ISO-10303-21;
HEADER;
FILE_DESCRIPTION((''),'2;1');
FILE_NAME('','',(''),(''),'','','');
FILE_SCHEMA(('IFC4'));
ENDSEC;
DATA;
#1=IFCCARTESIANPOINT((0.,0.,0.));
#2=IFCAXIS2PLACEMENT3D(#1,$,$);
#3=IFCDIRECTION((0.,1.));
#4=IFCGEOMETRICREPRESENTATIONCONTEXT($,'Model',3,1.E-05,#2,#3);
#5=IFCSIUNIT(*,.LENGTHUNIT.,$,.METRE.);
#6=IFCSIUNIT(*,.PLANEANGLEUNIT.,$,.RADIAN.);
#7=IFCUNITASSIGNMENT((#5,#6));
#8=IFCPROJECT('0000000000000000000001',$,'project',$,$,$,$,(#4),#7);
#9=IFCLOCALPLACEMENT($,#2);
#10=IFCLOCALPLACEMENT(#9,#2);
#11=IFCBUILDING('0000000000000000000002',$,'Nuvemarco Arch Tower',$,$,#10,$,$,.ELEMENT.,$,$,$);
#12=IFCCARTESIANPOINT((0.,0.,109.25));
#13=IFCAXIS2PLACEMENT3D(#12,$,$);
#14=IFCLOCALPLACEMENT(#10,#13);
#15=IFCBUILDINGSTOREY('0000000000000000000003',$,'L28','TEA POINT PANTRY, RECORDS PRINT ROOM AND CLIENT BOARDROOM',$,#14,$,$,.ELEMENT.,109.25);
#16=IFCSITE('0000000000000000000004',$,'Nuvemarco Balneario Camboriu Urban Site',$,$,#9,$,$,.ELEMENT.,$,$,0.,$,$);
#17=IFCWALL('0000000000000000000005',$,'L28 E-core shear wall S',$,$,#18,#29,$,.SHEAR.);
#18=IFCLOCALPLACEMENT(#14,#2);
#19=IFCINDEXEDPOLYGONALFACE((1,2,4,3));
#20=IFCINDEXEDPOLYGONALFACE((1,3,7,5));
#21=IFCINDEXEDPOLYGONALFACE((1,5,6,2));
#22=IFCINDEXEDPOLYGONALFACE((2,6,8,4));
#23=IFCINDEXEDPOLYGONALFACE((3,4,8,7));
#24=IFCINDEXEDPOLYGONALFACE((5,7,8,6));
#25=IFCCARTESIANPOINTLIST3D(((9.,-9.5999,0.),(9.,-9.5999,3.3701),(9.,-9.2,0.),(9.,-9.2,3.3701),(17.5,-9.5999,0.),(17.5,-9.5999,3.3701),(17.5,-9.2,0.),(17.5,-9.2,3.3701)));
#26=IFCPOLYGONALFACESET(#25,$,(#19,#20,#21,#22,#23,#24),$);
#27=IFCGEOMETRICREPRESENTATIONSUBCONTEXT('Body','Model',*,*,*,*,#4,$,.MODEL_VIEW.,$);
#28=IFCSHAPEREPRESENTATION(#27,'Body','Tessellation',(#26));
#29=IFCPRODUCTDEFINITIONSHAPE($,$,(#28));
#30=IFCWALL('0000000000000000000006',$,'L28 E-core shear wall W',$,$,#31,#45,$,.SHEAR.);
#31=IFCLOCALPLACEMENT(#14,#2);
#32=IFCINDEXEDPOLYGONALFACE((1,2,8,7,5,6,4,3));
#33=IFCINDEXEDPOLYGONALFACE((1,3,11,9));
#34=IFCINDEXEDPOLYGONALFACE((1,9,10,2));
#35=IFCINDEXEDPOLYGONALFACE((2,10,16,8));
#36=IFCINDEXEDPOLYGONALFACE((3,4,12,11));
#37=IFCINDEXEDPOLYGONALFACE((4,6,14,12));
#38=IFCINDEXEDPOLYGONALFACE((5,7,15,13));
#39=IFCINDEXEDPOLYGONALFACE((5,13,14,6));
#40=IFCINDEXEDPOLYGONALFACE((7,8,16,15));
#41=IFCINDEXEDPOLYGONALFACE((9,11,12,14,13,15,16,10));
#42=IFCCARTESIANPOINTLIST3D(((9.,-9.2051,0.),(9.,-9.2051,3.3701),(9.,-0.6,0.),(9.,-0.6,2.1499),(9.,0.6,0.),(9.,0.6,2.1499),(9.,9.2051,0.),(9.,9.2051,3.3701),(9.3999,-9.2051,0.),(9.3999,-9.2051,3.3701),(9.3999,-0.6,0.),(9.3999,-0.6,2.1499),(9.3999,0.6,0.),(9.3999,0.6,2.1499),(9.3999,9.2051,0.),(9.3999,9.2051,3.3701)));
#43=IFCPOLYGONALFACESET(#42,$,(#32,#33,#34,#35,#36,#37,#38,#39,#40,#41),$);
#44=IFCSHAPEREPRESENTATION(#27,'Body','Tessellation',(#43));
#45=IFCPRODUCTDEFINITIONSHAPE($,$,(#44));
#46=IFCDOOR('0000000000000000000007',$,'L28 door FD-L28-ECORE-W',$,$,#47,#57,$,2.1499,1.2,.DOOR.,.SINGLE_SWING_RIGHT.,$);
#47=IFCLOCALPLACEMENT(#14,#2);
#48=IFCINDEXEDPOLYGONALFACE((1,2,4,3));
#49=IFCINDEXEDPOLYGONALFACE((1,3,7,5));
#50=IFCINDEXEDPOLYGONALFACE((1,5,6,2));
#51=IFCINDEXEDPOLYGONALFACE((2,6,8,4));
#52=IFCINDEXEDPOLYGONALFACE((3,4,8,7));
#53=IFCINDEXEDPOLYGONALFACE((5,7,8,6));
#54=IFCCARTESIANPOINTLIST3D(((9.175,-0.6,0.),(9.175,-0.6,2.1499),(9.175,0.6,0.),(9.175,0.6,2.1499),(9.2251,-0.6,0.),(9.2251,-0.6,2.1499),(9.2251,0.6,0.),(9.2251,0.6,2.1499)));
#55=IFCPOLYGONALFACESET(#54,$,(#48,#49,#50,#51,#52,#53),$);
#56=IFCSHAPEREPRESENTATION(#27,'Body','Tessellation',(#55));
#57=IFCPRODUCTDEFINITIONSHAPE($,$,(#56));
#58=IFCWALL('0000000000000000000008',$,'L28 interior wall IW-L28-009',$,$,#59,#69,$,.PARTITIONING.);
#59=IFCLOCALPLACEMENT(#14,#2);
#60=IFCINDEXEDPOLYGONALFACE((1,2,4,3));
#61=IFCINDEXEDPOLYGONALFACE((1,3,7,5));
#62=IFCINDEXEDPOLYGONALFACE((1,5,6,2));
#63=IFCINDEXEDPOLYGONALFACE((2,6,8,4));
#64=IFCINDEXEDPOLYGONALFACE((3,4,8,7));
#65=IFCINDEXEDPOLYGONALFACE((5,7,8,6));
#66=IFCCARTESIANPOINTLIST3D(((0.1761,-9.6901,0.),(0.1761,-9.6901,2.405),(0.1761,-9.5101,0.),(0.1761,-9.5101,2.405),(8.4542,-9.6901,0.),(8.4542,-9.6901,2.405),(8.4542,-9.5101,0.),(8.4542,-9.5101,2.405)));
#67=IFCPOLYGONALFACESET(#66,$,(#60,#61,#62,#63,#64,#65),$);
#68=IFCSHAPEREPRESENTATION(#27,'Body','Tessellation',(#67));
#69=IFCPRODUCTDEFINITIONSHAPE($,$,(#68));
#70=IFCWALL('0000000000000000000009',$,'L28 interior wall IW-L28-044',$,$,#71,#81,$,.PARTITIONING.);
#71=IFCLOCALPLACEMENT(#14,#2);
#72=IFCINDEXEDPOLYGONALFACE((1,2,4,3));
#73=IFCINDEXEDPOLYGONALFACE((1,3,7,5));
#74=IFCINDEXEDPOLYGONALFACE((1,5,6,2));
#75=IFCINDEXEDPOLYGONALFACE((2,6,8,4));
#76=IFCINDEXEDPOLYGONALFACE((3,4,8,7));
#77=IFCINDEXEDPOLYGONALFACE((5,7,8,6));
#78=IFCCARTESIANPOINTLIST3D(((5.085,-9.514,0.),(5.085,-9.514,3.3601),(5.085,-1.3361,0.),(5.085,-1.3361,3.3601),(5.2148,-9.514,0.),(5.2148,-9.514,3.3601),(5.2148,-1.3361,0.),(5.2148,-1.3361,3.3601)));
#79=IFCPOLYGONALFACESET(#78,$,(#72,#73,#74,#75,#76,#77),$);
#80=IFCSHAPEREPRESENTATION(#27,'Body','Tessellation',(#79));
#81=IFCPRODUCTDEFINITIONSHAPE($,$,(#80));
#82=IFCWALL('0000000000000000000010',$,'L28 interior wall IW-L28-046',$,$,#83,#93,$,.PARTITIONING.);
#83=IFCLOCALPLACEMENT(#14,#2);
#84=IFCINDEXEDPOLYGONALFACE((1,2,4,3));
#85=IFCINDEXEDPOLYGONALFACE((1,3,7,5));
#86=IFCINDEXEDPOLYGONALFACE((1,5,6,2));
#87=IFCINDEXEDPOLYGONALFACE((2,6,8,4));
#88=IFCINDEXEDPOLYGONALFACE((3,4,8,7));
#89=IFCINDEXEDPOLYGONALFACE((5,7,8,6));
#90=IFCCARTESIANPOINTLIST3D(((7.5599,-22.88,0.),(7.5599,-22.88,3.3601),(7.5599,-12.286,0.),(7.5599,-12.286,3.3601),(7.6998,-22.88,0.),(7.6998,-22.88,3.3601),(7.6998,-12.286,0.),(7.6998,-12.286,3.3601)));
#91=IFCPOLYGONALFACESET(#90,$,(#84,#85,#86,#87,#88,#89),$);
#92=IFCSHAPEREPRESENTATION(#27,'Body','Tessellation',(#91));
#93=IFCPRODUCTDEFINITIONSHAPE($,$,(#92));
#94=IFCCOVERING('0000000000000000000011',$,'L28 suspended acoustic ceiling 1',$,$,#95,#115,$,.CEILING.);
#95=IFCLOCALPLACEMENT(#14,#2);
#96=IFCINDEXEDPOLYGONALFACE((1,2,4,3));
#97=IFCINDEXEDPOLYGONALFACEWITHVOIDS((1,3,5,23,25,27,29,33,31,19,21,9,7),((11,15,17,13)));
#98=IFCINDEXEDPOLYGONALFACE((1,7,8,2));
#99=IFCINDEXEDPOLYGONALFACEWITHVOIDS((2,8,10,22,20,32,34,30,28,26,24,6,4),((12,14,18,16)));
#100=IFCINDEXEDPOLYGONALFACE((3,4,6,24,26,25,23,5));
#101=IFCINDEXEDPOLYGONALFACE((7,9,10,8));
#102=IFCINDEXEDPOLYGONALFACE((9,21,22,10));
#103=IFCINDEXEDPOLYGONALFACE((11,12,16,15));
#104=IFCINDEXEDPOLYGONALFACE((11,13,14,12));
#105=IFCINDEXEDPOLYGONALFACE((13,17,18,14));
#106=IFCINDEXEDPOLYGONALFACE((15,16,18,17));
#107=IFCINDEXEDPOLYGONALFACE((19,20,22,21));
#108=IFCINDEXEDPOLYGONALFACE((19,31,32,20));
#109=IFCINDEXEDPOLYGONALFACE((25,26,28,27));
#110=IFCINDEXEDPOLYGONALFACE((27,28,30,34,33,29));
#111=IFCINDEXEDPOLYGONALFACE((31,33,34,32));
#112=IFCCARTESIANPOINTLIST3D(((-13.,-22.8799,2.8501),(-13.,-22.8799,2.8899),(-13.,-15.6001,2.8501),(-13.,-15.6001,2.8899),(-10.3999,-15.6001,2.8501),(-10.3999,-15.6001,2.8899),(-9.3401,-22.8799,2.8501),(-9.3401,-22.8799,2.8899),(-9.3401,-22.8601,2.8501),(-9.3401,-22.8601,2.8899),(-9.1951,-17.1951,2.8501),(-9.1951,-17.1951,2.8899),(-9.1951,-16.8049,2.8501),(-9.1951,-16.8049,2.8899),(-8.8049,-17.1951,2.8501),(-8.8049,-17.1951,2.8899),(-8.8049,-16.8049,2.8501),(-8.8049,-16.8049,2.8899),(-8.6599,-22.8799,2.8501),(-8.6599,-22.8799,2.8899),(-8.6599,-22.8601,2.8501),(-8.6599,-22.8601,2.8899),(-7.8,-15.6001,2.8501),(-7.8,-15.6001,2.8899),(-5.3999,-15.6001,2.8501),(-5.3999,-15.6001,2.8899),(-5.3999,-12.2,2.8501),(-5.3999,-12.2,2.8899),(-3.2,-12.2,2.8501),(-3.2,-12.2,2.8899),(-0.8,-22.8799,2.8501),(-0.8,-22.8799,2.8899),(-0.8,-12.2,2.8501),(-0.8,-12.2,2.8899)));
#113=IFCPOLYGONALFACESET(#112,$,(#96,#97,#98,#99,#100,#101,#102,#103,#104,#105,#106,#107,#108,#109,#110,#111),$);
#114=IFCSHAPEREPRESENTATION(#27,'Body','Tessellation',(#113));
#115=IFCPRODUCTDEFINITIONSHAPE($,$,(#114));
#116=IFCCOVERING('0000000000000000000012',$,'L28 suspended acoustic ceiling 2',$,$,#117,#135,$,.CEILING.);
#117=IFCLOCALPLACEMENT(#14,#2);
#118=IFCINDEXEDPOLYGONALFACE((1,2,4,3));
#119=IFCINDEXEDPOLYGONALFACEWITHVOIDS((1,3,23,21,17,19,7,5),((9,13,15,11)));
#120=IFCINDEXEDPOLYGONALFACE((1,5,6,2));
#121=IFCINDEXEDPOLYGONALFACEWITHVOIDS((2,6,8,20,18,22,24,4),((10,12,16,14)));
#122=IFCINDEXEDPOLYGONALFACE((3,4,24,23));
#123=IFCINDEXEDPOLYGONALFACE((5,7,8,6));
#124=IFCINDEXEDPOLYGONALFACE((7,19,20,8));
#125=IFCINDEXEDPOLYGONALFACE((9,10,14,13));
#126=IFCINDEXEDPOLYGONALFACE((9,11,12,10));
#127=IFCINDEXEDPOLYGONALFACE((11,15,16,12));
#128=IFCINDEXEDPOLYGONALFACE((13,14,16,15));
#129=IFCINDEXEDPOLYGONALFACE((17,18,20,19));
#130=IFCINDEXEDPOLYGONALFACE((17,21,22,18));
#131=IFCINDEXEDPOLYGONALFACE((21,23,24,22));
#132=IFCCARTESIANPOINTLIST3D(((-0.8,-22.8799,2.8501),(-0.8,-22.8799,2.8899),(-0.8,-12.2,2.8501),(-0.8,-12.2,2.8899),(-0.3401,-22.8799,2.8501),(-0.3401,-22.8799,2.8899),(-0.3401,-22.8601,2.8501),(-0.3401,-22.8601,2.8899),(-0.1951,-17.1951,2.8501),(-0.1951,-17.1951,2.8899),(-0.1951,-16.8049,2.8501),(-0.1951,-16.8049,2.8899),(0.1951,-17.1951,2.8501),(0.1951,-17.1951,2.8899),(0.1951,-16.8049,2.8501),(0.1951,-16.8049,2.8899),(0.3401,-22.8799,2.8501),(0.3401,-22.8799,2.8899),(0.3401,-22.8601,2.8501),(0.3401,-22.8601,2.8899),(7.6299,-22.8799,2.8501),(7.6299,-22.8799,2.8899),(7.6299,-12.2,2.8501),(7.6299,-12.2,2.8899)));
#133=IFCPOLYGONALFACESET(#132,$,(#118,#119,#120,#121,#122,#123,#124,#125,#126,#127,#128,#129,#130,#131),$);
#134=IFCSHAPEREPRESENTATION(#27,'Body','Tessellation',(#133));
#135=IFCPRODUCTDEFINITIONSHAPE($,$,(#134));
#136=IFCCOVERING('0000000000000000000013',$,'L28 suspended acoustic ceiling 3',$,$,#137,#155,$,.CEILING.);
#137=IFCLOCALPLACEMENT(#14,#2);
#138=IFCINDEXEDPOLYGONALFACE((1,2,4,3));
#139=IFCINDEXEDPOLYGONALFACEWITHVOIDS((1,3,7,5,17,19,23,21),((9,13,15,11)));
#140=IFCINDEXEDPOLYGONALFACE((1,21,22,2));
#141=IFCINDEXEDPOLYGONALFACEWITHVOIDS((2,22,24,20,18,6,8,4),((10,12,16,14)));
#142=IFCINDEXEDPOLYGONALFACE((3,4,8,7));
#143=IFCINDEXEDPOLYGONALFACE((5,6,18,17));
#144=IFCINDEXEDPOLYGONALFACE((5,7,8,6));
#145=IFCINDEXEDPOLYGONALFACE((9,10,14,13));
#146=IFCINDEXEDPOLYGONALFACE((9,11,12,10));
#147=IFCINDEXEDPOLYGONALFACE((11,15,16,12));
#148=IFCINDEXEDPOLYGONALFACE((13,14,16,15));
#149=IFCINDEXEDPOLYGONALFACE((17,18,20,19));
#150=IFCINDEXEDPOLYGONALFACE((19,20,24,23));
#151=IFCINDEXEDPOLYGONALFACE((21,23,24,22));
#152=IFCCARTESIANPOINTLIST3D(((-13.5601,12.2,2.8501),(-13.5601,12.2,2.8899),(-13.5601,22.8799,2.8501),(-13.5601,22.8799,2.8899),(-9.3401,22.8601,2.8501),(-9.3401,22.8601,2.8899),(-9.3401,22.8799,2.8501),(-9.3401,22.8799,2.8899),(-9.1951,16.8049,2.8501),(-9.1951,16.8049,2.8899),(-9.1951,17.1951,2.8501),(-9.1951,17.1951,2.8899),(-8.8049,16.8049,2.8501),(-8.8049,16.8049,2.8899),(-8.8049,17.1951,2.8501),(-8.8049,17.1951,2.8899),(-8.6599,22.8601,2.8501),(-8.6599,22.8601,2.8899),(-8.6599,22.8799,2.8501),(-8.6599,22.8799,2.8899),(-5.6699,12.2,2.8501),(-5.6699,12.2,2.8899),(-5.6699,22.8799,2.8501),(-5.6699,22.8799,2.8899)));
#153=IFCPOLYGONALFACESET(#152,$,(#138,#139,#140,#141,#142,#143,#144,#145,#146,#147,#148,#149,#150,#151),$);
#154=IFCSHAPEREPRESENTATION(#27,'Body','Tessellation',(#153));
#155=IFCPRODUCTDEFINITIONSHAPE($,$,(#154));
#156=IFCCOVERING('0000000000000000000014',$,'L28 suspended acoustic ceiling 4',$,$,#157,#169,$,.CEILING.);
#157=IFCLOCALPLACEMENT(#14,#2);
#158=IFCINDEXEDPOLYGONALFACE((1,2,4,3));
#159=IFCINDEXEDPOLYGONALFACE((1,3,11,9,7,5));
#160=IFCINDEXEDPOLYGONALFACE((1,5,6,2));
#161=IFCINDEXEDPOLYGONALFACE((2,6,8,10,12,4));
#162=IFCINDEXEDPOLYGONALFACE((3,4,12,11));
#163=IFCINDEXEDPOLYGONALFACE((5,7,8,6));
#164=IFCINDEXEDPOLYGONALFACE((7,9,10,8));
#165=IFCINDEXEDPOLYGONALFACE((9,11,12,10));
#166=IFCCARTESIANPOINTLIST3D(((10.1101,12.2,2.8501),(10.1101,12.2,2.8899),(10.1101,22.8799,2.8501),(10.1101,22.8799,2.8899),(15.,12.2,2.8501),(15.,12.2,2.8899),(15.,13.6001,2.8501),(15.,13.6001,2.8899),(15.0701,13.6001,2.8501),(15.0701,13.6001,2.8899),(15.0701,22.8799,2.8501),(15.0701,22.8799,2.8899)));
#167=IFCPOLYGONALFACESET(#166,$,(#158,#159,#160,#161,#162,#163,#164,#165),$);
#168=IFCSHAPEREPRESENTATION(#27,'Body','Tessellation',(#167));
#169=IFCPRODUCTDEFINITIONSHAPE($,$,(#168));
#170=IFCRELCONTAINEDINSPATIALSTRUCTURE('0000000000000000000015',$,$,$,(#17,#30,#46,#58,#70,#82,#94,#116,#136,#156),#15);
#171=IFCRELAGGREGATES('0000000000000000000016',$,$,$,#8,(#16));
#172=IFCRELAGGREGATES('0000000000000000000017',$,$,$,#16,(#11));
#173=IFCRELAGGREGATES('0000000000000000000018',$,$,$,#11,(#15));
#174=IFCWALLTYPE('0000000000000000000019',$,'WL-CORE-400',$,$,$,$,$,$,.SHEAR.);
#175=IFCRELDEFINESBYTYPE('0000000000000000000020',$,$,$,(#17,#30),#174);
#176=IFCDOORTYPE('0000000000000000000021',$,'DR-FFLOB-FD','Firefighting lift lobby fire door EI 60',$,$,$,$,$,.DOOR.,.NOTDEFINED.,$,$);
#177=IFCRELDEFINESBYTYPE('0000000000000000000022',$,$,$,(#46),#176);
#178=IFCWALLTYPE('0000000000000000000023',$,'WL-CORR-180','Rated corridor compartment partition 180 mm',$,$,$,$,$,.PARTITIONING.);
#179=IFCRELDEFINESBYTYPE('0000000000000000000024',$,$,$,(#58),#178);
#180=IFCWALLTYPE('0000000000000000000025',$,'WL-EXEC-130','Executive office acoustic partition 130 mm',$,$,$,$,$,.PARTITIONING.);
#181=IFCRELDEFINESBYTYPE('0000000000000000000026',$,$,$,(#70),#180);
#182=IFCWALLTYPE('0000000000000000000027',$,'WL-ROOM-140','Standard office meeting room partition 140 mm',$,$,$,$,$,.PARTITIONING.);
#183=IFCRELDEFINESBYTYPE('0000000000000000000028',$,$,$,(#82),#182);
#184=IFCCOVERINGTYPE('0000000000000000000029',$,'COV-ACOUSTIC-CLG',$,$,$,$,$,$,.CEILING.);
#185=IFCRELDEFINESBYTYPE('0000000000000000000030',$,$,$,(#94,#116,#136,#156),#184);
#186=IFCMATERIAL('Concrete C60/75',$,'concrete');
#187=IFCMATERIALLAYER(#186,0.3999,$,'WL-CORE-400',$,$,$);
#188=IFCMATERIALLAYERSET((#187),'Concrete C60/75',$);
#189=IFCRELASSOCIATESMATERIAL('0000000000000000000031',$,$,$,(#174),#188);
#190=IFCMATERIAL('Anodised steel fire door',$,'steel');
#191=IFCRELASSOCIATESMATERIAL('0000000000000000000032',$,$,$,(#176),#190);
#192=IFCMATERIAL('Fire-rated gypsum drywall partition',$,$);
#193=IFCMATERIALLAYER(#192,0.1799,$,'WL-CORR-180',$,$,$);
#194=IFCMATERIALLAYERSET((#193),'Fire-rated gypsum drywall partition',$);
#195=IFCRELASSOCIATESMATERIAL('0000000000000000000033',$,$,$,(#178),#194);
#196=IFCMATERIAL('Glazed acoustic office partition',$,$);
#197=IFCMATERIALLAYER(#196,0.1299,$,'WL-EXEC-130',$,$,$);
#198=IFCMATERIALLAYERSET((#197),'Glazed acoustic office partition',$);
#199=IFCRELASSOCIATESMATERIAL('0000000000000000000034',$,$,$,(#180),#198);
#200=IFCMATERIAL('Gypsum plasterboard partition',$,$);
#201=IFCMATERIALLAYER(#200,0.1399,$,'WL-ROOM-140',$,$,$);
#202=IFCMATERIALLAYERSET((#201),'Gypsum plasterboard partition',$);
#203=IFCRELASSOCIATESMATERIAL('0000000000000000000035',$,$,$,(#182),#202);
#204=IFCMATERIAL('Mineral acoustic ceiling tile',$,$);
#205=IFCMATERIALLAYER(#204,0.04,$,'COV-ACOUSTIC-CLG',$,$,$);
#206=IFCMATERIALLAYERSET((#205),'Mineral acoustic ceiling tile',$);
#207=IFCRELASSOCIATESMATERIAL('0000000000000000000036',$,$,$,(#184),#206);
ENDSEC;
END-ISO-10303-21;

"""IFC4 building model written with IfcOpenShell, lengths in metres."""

from ifc_helpers import new_model, si_unit, direction, frame, frame_2d, origin, place, context, subcontext, project, spatial, polyline, rectangle, outline, extrude, source, transform, mapped, material, layer, layer_set, type_object, type_shapes, element, fill, save


model = new_model("IFC4")

# Units and contexts
model_context = context("Model", 3, precision=1e-05, world=origin(), true_north=direction((0.0, 1.0)))
body_context = subcontext(model_context, "Body", "Model", "MODEL_VIEW")
ifc_project = project(units=[si_unit("LENGTHUNIT", "METRE"), si_unit("PLANEANGLEUNIT", "RADIAN")], contexts=[model_context])

# Site, building, storey
site_placement = place(None, origin())
site = spatial("IfcSite", under=ifc_project, at=site_placement, Name="Nuvemarco Balneario Camboriu Urban Site", CompositionType="ELEMENT", RefElevation=0.0)
building_placement = place(site_placement, origin())
building = spatial("IfcBuilding", under=site, at=building_placement, Name="Nuvemarco Arch Tower", CompositionType="ELEMENT")
storey_placement = place(building_placement, frame((0.0, 0.0, 109.25)))
storey = spatial("IfcBuildingStorey", under=building, at=storey_placement, Name="L28", Description="TEA POINT PANTRY, RECORDS PRINT ROOM AND CLIENT BOARDROOM", CompositionType="ELEMENT", Elevation=109.25)

# Shared definitions
ifc_material_1 = material(Name="Concrete C60/75", Category="concrete")

# Wall
ifc_layer_1 = layer(ifc_material_1, 0.3999, Name="WL-CORE-400")
ifc_layer_set_1 = layer_set([ifc_layer_1], Name="Concrete C60/75")
wall_type_1 = type_object("IfcWallType", Name="WL-CORE-400", PredefinedType="SHEAR", material=ifc_layer_set_1)
wall_1_placement = place(storey_placement, frame((9.0, -9.3999, 0.0), z_axis=(0.0, 0.0, 1.0), x_axis=(1.0, 0.0, 0.0)))
element("IfcWall", 1, at=wall_1_placement, inside=storey, type_object=wall_type_1, Name="L28 E-core shear wall S", PredefinedType="SHEAR", context=body_context, shape_type="SweptSolid", body=[
    extrude(rectangle(XDim=8.5, YDim=0.3999, at=frame_2d((4.25, 0.0))), origin(), (0.0, 0.0, 1.0), 3.3701),
])

# Wall, opening, door
wall_2_placement = place(storey_placement, frame((9.2, -9.2051, 0.0), z_axis=(0.0, 0.0, 1.0), x_axis=(0.0, 1.0, 0.0)))
wall_2 = element("IfcWall", 2, at=wall_2_placement, inside=storey, type_object=wall_type_1, Name="L28 E-core shear wall W", PredefinedType="SHEAR", context=body_context, shape_type="SweptSolid", body=[
    extrude(rectangle(XDim=18.4102, YDim=0.3999, at=frame_2d((9.2051, 0.0))), origin(), (0.0, 0.0, 1.0), 3.3701),
])
opening_placement = place(wall_2_placement, frame((8.605, 0.0, 0.0)))
opening = element("IfcOpeningElement", 3, at=opening_placement, cuts=wall_2, PredefinedType="OPENING", context=body_context, shape_type="SweptSolid", body=[
    extrude(rectangle(XDim=1.2, YDim=2.1499, at=frame_2d((0.6001, 1.075))), frame((0.0, 0.21, 0.0), z_axis=(0.0, -1.0, 0.0), x_axis=(1.0, 0.0, 0.0)), (0.0, 0.0, 1.0), 0.4199),
])
ifc_material_2 = material(Name="Anodised steel fire door", Category="steel")
door_type = type_object("IfcDoorType", Name="DR-FFLOB-FD", Description="Firefighting lift lobby fire door EI 60", OperationType="NOTDEFINED", PredefinedType="DOOR", material=ifc_material_2)
shared_shape_1 = source(origin(), body_context, "Body", "SweptSolid", [
    extrude(rectangle(XDim=1.2, YDim=2.1499, at=frame_2d((0.6001, 1.075))), frame((0.0, 0.0249, 0.0), z_axis=(0.0, -1.0, 0.0), x_axis=(1.0, 0.0, 0.0)), (0.0, 0.0, 1.0), 0.05),
])
type_shapes(door_type, [shared_shape_1])
door_placement = place(opening_placement, origin())
door = element("IfcDoor", 4, at=door_placement, inside=storey, type_object=door_type, Name="L28 door FD-L28-ECORE-W", OperationType="SINGLE_SWING_RIGHT", OverallHeight=2.1499, OverallWidth=1.2, PredefinedType="DOOR", context=body_context, shape_type="MappedRepresentation", body=[
    mapped(shared_shape_1, transform((0.0, 0.0, 0.0), scale=1.0)),
])
fill(opening, door)

# Walls
ifc_material_3 = material(Name="Fire-rated gypsum drywall partition")
ifc_layer_2 = layer(ifc_material_3, 0.1799, Name="WL-CORR-180")
ifc_layer_set_2 = layer_set([ifc_layer_2], Name="Fire-rated gypsum drywall partition")
wall_type_2 = type_object("IfcWallType", Name="WL-CORR-180", Description="Rated corridor compartment partition 180 mm", PredefinedType="PARTITIONING", material=ifc_layer_set_2)
wall_3_placement = place(storey_placement, frame((0.176, -9.6001, 0.0), z_axis=(0.0, 0.0, 1.0), x_axis=(1.0, 0.0, 0.0)))
element("IfcWall", 5, at=wall_3_placement, inside=storey, type_object=wall_type_2, Name="L28 interior wall IW-L28-009", PredefinedType="PARTITIONING", context=body_context, shape_type="SweptSolid", body=[
    extrude(rectangle(XDim=8.2781, YDim=0.1799, at=frame_2d((4.1392, 0.0))), origin(), (0.0, 0.0, 1.0), 2.405),
])
ifc_material_4 = material(Name="Glazed acoustic office partition")
ifc_layer_3 = layer(ifc_material_4, 0.1299, Name="WL-EXEC-130")
ifc_layer_set_3 = layer_set([ifc_layer_3], Name="Glazed acoustic office partition")
wall_type_3 = type_object("IfcWallType", Name="WL-EXEC-130", Description="Executive office acoustic partition 130 mm", PredefinedType="PARTITIONING", material=ifc_layer_set_3)
wall_4_placement = place(storey_placement, frame((5.1499, -9.5139, 0.0), z_axis=(0.0, 0.0, 1.0), x_axis=(0.0, 1.0, 0.0)))
element("IfcWall", 6, at=wall_4_placement, inside=storey, type_object=wall_type_3, Name="L28 interior wall IW-L28-044", PredefinedType="PARTITIONING", context=body_context, shape_type="SweptSolid", body=[
    extrude(rectangle(XDim=8.178, YDim=0.1299, at=frame_2d((4.0889, 0.0))), origin(), (0.0, 0.0, 1.0), 3.3601),
])
ifc_material_5 = material(Name="Gypsum plasterboard partition")
ifc_layer_4 = layer(ifc_material_5, 0.1399, Name="WL-ROOM-140")
ifc_layer_set_4 = layer_set([ifc_layer_4], Name="Gypsum plasterboard partition")
wall_type_4 = type_object("IfcWallType", Name="WL-ROOM-140", Description="Standard office meeting room partition 140 mm", PredefinedType="PARTITIONING", material=ifc_layer_set_4)
wall_5_placement = place(storey_placement, frame((7.6299, -22.8799, 0.0), z_axis=(0.0, 0.0, 1.0), x_axis=(0.0, 1.0, 0.0)))
element("IfcWall", 7, at=wall_5_placement, inside=storey, type_object=wall_type_4, Name="L28 interior wall IW-L28-046", PredefinedType="PARTITIONING", context=body_context, shape_type="SweptSolid", body=[
    extrude(rectangle(XDim=10.594, YDim=0.1399, at=frame_2d((5.2969, 0.0))), origin(), (0.0, 0.0, 1.0), 3.3601),
])

# Coverings
ifc_material_6 = material(Name="Mineral acoustic ceiling tile")
ifc_layer_5 = layer(ifc_material_6, 0.04, Name="COV-ACOUSTIC-CLG")
ifc_layer_set_5 = layer_set([ifc_layer_5], Name="Mineral acoustic ceiling tile")
covering_type = type_object("IfcCoveringType", Name="COV-ACOUSTIC-CLG", PredefinedType="CEILING", material=ifc_layer_set_5)
covering_1_placement = place(storey_placement, frame((0.0, 0.0, 2.8501)))
element("IfcCovering", 8, at=covering_1_placement, inside=storey, type_object=covering_type, Name="L28 suspended acoustic ceiling 1", PredefinedType="CEILING", context=body_context, shape_type="SweptSolid", body=[
    extrude(outline(polyline([(-5.3999, -15.6001), (-5.3999, -12.2), (-3.2, -12.2), (-0.8, -12.2), (-0.8, -22.8799), (-8.6599, -22.8799), (-8.6599, -22.8601), (-9.3401, -22.8601), (-9.3401, -22.8799), (-13.0, -22.8799), (-13.0, -15.6001), (-10.3999, -15.6001), (-7.8, -15.6001), (-5.3999, -15.6001)]), holes=[polyline([(-8.8049, -17.1951), (-8.8049, -16.8049), (-9.1951, -16.8049), (-9.1951, -17.1951), (-8.8049, -17.1951)])]), origin(), (0.0, 0.0, 1.0), 0.0398),
])
covering_2_placement = place(storey_placement, frame((0.0, 0.0, 2.8501)))
element("IfcCovering", 9, at=covering_2_placement, inside=storey, type_object=covering_type, Name="L28 suspended acoustic ceiling 2", PredefinedType="CEILING", context=body_context, shape_type="SweptSolid", body=[
    extrude(outline(polyline([(0.3401, -22.8799), (0.3401, -22.8601), (-0.3401, -22.8601), (-0.3401, -22.8799), (-0.8, -22.8799), (-0.8, -12.2), (7.6299, -12.2), (7.6299, -22.8799), (0.3401, -22.8799)]), holes=[polyline([(0.1951, -17.1951), (0.1951, -16.8049), (-0.1951, -16.8049), (-0.1951, -17.1951), (0.1951, -17.1951)])]), origin(), (0.0, 0.0, 1.0), 0.0398),
])
covering_3_placement = place(storey_placement, frame((0.0, 0.0, 2.8501)))
element("IfcCovering", 10, at=covering_3_placement, inside=storey, type_object=covering_type, Name="L28 suspended acoustic ceiling 3", PredefinedType="CEILING", context=body_context, shape_type="SweptSolid", body=[
    extrude(outline(polyline([(-5.6699, 12.2), (-13.5601, 12.2), (-13.5601, 22.8799), (-9.3401, 22.8799), (-9.3401, 22.8601), (-8.6599, 22.8601), (-8.6599, 22.8799), (-5.6699, 22.8799), (-5.6699, 12.2)]), holes=[polyline([(-8.8049, 16.8049), (-8.8049, 17.1951), (-9.1951, 17.1951), (-9.1951, 16.8049), (-8.8049, 16.8049)])]), origin(), (0.0, 0.0, 1.0), 0.0398),
])
covering_4_placement = place(storey_placement, frame((0.0, 0.0, 2.8501)))
element("IfcCovering", 11, at=covering_4_placement, inside=storey, type_object=covering_type, Name="L28 suspended acoustic ceiling 4", PredefinedType="CEILING", context=body_context, shape_type="SweptSolid", body=[
    extrude(outline(polyline([(15.0701, 22.8799), (15.0701, 13.6001), (15.0, 13.6001), (15.0, 12.2), (10.1101, 12.2), (10.1101, 22.8799), (15.0701, 22.8799)])), origin(), (0.0, 0.0, 1.0), 0.0398),
])

save(model, "model.ifc")
